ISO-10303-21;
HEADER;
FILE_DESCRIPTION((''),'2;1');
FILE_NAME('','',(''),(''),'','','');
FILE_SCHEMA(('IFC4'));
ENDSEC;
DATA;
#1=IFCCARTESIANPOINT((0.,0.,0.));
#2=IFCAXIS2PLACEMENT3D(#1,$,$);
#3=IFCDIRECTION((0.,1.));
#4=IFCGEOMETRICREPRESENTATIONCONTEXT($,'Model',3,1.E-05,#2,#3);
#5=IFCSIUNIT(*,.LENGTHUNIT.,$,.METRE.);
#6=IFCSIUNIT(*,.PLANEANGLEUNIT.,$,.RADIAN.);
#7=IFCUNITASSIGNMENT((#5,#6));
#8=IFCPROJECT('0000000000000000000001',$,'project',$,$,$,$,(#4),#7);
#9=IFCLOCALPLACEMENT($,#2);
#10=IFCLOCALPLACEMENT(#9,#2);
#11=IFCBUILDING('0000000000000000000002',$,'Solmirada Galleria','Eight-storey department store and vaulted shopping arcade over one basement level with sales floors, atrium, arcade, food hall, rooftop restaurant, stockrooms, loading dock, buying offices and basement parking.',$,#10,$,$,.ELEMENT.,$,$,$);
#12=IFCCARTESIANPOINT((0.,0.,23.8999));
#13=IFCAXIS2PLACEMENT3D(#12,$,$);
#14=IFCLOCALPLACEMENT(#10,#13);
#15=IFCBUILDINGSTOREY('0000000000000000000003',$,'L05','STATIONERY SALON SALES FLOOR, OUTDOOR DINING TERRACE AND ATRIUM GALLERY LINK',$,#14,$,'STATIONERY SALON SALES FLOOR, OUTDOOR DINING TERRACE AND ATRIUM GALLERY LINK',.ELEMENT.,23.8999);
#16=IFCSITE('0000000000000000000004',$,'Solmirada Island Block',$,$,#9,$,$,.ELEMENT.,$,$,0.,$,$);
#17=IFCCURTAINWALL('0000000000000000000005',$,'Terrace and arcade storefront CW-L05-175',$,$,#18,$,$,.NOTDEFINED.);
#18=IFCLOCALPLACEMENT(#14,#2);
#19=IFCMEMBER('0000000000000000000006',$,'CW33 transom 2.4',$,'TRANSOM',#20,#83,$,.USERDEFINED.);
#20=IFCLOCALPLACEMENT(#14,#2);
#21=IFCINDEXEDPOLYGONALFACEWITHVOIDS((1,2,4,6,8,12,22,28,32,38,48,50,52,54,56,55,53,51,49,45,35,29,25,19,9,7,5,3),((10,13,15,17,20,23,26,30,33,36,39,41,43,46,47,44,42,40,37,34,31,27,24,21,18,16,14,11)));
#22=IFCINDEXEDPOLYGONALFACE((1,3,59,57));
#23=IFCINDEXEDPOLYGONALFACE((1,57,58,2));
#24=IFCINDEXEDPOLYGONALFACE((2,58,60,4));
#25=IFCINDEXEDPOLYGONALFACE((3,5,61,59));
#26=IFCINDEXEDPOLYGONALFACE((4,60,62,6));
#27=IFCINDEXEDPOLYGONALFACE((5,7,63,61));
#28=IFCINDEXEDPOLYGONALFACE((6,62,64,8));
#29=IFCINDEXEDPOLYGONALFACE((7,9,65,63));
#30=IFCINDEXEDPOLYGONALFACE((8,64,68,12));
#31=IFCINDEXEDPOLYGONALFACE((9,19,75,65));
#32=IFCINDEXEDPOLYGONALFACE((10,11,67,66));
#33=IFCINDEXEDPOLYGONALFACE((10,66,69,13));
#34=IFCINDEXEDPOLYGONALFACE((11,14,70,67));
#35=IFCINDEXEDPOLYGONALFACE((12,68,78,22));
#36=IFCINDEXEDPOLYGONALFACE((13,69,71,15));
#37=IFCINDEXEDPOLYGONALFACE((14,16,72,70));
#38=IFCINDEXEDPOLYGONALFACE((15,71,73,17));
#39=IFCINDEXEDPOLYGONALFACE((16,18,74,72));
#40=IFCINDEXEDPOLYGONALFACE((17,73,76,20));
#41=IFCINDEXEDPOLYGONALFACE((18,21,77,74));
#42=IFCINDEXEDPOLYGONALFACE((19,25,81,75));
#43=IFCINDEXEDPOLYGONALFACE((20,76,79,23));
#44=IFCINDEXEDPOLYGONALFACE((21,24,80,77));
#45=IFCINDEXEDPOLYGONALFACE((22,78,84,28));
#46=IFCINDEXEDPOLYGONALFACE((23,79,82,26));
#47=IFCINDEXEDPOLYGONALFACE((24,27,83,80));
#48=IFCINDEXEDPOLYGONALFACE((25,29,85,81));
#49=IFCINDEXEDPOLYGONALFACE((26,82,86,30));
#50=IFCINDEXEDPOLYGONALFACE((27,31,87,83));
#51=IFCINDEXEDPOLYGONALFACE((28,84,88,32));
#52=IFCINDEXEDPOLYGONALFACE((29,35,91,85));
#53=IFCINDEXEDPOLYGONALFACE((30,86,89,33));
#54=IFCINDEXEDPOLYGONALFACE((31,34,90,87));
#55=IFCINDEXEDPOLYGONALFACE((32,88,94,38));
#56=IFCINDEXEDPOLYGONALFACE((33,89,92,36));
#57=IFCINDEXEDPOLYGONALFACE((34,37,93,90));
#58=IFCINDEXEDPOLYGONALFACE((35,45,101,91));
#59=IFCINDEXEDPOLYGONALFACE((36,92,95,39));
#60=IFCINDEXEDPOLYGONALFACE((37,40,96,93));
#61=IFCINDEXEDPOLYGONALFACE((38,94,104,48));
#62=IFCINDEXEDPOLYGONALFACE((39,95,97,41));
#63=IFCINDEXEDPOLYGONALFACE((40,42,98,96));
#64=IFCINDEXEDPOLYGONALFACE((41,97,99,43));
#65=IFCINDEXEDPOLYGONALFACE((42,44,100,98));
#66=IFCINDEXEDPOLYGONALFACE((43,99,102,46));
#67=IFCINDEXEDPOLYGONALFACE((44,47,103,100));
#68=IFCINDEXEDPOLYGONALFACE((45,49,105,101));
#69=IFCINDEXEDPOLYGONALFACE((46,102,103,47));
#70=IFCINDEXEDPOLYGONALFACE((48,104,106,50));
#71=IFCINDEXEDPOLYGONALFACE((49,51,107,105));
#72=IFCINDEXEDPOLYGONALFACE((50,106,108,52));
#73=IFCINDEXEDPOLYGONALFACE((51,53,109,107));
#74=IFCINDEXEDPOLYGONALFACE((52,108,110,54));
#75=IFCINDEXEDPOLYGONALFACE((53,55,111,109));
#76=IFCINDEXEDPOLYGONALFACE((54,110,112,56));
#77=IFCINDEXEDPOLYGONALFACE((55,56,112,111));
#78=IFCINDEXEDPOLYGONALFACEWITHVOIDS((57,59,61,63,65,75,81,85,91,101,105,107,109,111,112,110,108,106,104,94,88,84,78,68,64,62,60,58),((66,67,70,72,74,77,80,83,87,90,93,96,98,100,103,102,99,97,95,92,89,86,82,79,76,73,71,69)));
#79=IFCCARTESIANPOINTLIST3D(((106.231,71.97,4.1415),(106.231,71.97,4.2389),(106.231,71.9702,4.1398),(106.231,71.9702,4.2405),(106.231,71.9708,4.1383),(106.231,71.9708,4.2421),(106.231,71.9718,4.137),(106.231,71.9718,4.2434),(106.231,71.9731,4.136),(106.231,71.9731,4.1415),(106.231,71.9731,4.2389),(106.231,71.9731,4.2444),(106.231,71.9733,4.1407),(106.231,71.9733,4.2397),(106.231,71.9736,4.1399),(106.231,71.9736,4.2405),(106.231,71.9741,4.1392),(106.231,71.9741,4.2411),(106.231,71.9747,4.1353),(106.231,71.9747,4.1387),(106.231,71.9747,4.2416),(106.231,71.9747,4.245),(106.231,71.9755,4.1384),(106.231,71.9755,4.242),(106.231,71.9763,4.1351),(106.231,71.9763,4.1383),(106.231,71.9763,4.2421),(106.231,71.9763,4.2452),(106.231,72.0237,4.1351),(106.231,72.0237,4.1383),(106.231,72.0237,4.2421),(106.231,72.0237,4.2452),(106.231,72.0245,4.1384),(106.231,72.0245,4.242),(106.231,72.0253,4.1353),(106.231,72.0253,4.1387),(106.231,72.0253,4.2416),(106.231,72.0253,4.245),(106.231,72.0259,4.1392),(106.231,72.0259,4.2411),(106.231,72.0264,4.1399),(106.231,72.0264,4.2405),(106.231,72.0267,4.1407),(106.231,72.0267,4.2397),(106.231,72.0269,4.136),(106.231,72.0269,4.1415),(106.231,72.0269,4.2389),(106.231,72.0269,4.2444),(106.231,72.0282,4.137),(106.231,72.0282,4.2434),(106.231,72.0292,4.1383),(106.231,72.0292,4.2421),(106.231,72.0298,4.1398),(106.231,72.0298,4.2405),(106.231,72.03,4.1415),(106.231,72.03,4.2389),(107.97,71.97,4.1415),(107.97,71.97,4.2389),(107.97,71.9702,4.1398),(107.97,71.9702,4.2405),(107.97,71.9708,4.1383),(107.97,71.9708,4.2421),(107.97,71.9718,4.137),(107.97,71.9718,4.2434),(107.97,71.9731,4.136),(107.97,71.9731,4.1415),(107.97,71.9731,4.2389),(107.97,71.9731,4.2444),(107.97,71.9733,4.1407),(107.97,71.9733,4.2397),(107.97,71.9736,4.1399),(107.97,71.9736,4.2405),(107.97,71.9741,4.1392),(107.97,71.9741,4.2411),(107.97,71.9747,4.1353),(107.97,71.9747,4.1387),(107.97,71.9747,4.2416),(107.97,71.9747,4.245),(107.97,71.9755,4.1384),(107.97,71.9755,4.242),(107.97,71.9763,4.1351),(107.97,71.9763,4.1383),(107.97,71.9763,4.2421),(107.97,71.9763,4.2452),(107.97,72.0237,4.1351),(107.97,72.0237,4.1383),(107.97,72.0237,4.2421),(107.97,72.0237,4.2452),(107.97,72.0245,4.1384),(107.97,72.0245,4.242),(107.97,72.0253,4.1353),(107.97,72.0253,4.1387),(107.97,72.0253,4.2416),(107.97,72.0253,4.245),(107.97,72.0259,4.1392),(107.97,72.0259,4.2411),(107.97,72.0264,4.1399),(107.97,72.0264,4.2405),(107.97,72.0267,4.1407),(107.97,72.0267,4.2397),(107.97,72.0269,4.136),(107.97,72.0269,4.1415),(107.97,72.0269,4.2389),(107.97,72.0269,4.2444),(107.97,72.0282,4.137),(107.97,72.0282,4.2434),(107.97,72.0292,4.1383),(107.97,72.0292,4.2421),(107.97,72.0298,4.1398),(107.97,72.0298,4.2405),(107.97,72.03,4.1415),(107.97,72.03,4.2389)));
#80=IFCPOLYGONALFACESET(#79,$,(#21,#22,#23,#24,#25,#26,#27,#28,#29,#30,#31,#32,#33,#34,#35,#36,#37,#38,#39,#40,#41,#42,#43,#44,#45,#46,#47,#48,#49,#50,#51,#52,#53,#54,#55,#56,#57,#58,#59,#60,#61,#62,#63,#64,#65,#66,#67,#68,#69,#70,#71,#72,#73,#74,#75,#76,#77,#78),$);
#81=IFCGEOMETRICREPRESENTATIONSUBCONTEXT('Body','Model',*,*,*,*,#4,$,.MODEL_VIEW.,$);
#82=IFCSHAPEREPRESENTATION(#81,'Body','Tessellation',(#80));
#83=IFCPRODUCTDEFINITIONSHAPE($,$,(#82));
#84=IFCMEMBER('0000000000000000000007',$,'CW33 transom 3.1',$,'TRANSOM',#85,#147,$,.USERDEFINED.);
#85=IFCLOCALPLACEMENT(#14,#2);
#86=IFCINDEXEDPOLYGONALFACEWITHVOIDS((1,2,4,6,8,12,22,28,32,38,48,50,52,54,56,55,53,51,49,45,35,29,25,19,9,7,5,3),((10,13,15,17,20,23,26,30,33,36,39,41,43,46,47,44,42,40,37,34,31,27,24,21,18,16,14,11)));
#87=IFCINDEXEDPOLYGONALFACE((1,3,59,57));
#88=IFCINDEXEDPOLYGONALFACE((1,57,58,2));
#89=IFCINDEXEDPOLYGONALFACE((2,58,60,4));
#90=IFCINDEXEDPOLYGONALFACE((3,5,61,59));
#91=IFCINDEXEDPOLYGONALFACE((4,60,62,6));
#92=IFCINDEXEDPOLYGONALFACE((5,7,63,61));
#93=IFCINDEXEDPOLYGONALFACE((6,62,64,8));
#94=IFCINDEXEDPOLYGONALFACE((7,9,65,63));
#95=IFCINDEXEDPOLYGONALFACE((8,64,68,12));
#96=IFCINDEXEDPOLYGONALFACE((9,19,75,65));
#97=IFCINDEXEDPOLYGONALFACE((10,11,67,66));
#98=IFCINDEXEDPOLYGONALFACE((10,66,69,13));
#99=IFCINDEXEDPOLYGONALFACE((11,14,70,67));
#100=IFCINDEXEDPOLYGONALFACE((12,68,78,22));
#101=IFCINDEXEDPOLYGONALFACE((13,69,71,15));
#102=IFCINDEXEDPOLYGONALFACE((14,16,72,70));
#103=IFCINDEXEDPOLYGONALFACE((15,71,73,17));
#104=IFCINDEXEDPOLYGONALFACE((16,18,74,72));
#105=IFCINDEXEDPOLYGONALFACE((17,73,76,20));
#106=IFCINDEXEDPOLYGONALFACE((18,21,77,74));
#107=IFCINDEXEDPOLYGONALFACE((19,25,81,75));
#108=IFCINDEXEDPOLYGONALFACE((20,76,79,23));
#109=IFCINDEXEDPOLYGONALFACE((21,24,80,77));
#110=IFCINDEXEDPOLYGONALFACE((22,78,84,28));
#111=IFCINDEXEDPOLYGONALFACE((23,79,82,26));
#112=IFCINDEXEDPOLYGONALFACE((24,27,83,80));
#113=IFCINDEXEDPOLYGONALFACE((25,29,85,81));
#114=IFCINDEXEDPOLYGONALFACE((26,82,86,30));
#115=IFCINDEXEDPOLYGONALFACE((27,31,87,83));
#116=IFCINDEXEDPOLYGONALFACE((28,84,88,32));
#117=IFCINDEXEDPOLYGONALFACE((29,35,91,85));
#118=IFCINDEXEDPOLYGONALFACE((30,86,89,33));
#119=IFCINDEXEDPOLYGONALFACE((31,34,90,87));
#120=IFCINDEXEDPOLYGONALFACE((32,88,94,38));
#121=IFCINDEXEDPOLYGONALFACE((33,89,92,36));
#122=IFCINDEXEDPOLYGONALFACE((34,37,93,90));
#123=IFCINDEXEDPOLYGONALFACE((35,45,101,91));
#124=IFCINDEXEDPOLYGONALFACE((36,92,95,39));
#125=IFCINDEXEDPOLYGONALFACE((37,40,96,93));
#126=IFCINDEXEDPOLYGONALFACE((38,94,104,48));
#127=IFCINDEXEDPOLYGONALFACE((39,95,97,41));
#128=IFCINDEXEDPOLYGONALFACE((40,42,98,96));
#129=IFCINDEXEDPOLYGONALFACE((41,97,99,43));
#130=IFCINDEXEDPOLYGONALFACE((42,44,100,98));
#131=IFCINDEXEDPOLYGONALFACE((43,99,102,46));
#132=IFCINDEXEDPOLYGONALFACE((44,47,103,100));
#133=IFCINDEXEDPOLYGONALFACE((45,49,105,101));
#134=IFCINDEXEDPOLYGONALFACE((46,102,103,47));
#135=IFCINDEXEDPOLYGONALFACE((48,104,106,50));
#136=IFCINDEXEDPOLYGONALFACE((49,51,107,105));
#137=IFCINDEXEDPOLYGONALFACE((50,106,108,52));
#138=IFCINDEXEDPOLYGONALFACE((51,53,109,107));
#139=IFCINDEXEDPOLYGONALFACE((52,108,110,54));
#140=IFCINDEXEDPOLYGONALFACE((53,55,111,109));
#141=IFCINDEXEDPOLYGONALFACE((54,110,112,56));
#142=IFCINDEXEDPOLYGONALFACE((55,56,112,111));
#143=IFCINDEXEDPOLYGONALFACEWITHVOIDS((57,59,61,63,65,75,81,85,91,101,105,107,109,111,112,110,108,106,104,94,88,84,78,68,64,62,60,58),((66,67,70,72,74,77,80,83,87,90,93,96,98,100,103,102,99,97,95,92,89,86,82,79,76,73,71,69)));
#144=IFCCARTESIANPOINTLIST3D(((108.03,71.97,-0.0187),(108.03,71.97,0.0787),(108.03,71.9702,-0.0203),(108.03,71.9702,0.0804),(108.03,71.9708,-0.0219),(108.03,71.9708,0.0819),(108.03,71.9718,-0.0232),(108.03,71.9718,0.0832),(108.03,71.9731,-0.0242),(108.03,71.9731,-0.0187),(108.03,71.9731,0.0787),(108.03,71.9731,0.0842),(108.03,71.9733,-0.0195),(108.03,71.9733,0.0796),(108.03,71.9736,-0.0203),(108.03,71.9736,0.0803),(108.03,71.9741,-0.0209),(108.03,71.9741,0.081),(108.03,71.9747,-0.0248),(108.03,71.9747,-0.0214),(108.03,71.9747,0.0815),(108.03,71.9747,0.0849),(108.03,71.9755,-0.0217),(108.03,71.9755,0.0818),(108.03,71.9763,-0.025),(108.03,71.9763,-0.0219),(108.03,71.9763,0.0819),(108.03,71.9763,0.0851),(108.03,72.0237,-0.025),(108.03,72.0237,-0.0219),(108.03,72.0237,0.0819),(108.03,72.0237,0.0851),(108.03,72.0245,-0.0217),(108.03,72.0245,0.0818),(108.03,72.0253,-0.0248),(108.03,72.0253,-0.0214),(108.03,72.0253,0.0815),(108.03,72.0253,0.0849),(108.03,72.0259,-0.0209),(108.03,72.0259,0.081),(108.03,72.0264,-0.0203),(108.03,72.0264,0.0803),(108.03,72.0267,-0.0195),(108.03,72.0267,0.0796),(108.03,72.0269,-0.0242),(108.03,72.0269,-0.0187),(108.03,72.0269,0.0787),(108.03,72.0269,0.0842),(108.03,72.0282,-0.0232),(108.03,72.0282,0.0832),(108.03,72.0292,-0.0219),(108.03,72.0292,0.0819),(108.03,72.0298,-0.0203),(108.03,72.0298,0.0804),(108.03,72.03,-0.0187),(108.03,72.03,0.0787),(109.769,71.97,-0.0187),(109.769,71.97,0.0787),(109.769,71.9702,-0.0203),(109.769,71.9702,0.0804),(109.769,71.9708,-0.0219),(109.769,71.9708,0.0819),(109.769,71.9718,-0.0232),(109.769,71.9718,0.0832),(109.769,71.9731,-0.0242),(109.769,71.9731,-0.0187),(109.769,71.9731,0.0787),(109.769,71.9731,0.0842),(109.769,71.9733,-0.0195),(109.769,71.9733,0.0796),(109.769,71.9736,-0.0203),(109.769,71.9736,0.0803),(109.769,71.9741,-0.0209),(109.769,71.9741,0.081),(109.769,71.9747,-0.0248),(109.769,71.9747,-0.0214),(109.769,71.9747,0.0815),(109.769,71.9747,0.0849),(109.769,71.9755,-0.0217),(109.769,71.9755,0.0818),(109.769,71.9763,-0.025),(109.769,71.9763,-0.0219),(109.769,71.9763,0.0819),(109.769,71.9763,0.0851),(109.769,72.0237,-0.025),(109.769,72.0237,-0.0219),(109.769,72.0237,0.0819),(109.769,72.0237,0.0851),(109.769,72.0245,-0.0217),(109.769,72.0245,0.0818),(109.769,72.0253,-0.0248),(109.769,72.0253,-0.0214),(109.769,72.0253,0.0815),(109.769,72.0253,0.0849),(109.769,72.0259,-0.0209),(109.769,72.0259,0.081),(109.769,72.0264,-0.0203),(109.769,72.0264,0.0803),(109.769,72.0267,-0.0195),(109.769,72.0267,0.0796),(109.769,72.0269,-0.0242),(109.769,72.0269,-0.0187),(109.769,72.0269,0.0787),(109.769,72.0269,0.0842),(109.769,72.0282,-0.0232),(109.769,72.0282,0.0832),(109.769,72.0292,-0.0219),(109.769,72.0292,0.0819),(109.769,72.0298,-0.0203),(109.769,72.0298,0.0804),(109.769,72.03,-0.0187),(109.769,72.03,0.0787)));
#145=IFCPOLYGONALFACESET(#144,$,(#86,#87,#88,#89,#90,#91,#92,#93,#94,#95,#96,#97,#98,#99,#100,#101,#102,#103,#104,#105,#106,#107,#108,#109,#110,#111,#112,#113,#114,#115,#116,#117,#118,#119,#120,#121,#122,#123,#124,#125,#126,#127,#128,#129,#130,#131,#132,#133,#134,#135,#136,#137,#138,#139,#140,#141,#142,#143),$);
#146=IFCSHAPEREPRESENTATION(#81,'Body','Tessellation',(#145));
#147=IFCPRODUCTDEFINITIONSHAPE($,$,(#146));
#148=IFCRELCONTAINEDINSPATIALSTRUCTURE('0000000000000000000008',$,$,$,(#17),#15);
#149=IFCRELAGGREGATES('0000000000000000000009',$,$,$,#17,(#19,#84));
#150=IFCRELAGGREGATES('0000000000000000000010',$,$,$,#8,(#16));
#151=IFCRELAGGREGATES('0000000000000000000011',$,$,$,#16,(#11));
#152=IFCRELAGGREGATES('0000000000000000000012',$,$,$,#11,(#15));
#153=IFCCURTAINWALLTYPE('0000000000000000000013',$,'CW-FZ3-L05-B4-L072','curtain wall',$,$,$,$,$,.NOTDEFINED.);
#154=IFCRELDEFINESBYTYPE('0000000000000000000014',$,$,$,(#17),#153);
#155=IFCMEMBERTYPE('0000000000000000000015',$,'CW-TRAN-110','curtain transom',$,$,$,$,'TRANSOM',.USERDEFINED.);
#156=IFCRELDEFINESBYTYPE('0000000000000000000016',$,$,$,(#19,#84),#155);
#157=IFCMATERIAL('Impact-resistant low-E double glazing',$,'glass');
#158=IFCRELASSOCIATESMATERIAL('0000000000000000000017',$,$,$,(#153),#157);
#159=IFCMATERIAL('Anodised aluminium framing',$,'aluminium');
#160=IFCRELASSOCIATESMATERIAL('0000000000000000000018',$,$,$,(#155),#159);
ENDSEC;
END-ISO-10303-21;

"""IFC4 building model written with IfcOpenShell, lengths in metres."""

from ifc_helpers import new_model, si_unit, direction, frame, origin, origin_2d, place, context, subcontext, project, spatial, hollow_rectangle, extrude, material, material_profile, profile_set, type_object, element, aggregate, save


model = new_model("IFC4")

# Units and contexts
model_context = context("Model", 3, precision=1e-05, world=origin(), true_north=direction((0.0, 1.0)))
body_context = subcontext(model_context, "Body", "Model", "MODEL_VIEW")
ifc_project = project(units=[si_unit("LENGTHUNIT", "METRE"), si_unit("PLANEANGLEUNIT", "RADIAN")], contexts=[model_context])

# Site, building, storey
site_placement = place(None, origin())
site = spatial("IfcSite", under=ifc_project, at=site_placement, Name="Solmirada Island Block", CompositionType="ELEMENT", RefElevation=0.0)
building_placement = place(site_placement, origin())
building = spatial("IfcBuilding", under=site, at=building_placement, Name="Solmirada Galleria", Description="Eight-storey department store and vaulted shopping arcade over one basement level with sales floors, atrium, arcade, food hall, rooftop restaurant, stockrooms, loading dock, buying offices and basement parking.", CompositionType="ELEMENT")
storey_placement = place(building_placement, frame((0.0, 0.0, 23.8999)))
storey = spatial("IfcBuildingStorey", under=building, at=storey_placement, Name="L05", Description="STATIONERY SALON SALES FLOOR, OUTDOOR DINING TERRACE AND ATRIUM GALLERY LINK", LongName="STATIONERY SALON SALES FLOOR, OUTDOOR DINING TERRACE AND ATRIUM GALLERY LINK", CompositionType="ELEMENT", Elevation=23.8999)

# Curtain wall, members
ifc_material_1 = material(Name="Impact-resistant low-E double glazing", Category="glass")
curtain_wall_type = type_object("IfcCurtainWallType", Name="CW-FZ3-L05-B4-L072", Description="curtain wall", PredefinedType="NOTDEFINED", material=ifc_material_1)
curtain_wall_placement = place(storey_placement, origin())
curtain_wall = element("IfcCurtainWall", 1, at=curtain_wall_placement, inside=storey, type_object=curtain_wall_type, Name="Terrace and arcade storefront CW-L05-175", PredefinedType="NOTDEFINED")
ifc_material_2 = material(Name="Anodised aluminium framing", Category="aluminium")
ifc_material_profile_1 = material_profile(ifc_material_2, hollow_rectangle(XDim=0.0601, YDim=0.1101, WallThickness=0.0032, InnerFilletRadius=0.0032, OuterFilletRadius=0.0063, at=origin_2d()), Name="ALU-TRAN-110X60")
ifc_profile_set_1 = profile_set([ifc_material_profile_1], Name="Anodised aluminium framing")
member_type_1 = type_object("IfcMemberType", Name="CW-TRAN-110", Description="curtain transom", ElementType="TRANSOM", PredefinedType="USERDEFINED", material=ifc_profile_set_1)
member_1_placement = place(storey_placement, frame((106.231, 72.0, 4.1902), z_axis=(1.0, 0.0, 0.0), x_axis=(0.0, 1.0, 0.0)))
member_1 = element("IfcMember", 2, at=member_1_placement, type_object=member_type_1, Name="CW33 transom 2.4", ObjectType="TRANSOM", PredefinedType="USERDEFINED", context=body_context, shape_type="SweptSolid", body=[
    extrude(hollow_rectangle(XDim=0.0601, YDim=0.1101, WallThickness=0.0032, InnerFilletRadius=0.0032, OuterFilletRadius=0.0063, at=origin_2d()), origin(), (0.0, 0.0, 1.0), 1.739),
])
member_2_placement = place(storey_placement, frame((108.03, 72.0, 0.03), z_axis=(1.0, 0.0, 0.0), x_axis=(0.0, 1.0, 0.0)))
member_2 = element("IfcMember", 3, at=member_2_placement, type_object=member_type_1, Name="CW33 transom 3.1", ObjectType="TRANSOM", PredefinedType="USERDEFINED", context=body_context, shape_type="SweptSolid", body=[
    extrude(hollow_rectangle(XDim=0.0601, YDim=0.1101, WallThickness=0.0032, InnerFilletRadius=0.0032, OuterFilletRadius=0.0063, at=origin_2d()), origin(), (0.0, 0.0, 1.0), 1.739),
])
aggregate(curtain_wall, [member_1, member_2])

save(model, "model.ifc")
